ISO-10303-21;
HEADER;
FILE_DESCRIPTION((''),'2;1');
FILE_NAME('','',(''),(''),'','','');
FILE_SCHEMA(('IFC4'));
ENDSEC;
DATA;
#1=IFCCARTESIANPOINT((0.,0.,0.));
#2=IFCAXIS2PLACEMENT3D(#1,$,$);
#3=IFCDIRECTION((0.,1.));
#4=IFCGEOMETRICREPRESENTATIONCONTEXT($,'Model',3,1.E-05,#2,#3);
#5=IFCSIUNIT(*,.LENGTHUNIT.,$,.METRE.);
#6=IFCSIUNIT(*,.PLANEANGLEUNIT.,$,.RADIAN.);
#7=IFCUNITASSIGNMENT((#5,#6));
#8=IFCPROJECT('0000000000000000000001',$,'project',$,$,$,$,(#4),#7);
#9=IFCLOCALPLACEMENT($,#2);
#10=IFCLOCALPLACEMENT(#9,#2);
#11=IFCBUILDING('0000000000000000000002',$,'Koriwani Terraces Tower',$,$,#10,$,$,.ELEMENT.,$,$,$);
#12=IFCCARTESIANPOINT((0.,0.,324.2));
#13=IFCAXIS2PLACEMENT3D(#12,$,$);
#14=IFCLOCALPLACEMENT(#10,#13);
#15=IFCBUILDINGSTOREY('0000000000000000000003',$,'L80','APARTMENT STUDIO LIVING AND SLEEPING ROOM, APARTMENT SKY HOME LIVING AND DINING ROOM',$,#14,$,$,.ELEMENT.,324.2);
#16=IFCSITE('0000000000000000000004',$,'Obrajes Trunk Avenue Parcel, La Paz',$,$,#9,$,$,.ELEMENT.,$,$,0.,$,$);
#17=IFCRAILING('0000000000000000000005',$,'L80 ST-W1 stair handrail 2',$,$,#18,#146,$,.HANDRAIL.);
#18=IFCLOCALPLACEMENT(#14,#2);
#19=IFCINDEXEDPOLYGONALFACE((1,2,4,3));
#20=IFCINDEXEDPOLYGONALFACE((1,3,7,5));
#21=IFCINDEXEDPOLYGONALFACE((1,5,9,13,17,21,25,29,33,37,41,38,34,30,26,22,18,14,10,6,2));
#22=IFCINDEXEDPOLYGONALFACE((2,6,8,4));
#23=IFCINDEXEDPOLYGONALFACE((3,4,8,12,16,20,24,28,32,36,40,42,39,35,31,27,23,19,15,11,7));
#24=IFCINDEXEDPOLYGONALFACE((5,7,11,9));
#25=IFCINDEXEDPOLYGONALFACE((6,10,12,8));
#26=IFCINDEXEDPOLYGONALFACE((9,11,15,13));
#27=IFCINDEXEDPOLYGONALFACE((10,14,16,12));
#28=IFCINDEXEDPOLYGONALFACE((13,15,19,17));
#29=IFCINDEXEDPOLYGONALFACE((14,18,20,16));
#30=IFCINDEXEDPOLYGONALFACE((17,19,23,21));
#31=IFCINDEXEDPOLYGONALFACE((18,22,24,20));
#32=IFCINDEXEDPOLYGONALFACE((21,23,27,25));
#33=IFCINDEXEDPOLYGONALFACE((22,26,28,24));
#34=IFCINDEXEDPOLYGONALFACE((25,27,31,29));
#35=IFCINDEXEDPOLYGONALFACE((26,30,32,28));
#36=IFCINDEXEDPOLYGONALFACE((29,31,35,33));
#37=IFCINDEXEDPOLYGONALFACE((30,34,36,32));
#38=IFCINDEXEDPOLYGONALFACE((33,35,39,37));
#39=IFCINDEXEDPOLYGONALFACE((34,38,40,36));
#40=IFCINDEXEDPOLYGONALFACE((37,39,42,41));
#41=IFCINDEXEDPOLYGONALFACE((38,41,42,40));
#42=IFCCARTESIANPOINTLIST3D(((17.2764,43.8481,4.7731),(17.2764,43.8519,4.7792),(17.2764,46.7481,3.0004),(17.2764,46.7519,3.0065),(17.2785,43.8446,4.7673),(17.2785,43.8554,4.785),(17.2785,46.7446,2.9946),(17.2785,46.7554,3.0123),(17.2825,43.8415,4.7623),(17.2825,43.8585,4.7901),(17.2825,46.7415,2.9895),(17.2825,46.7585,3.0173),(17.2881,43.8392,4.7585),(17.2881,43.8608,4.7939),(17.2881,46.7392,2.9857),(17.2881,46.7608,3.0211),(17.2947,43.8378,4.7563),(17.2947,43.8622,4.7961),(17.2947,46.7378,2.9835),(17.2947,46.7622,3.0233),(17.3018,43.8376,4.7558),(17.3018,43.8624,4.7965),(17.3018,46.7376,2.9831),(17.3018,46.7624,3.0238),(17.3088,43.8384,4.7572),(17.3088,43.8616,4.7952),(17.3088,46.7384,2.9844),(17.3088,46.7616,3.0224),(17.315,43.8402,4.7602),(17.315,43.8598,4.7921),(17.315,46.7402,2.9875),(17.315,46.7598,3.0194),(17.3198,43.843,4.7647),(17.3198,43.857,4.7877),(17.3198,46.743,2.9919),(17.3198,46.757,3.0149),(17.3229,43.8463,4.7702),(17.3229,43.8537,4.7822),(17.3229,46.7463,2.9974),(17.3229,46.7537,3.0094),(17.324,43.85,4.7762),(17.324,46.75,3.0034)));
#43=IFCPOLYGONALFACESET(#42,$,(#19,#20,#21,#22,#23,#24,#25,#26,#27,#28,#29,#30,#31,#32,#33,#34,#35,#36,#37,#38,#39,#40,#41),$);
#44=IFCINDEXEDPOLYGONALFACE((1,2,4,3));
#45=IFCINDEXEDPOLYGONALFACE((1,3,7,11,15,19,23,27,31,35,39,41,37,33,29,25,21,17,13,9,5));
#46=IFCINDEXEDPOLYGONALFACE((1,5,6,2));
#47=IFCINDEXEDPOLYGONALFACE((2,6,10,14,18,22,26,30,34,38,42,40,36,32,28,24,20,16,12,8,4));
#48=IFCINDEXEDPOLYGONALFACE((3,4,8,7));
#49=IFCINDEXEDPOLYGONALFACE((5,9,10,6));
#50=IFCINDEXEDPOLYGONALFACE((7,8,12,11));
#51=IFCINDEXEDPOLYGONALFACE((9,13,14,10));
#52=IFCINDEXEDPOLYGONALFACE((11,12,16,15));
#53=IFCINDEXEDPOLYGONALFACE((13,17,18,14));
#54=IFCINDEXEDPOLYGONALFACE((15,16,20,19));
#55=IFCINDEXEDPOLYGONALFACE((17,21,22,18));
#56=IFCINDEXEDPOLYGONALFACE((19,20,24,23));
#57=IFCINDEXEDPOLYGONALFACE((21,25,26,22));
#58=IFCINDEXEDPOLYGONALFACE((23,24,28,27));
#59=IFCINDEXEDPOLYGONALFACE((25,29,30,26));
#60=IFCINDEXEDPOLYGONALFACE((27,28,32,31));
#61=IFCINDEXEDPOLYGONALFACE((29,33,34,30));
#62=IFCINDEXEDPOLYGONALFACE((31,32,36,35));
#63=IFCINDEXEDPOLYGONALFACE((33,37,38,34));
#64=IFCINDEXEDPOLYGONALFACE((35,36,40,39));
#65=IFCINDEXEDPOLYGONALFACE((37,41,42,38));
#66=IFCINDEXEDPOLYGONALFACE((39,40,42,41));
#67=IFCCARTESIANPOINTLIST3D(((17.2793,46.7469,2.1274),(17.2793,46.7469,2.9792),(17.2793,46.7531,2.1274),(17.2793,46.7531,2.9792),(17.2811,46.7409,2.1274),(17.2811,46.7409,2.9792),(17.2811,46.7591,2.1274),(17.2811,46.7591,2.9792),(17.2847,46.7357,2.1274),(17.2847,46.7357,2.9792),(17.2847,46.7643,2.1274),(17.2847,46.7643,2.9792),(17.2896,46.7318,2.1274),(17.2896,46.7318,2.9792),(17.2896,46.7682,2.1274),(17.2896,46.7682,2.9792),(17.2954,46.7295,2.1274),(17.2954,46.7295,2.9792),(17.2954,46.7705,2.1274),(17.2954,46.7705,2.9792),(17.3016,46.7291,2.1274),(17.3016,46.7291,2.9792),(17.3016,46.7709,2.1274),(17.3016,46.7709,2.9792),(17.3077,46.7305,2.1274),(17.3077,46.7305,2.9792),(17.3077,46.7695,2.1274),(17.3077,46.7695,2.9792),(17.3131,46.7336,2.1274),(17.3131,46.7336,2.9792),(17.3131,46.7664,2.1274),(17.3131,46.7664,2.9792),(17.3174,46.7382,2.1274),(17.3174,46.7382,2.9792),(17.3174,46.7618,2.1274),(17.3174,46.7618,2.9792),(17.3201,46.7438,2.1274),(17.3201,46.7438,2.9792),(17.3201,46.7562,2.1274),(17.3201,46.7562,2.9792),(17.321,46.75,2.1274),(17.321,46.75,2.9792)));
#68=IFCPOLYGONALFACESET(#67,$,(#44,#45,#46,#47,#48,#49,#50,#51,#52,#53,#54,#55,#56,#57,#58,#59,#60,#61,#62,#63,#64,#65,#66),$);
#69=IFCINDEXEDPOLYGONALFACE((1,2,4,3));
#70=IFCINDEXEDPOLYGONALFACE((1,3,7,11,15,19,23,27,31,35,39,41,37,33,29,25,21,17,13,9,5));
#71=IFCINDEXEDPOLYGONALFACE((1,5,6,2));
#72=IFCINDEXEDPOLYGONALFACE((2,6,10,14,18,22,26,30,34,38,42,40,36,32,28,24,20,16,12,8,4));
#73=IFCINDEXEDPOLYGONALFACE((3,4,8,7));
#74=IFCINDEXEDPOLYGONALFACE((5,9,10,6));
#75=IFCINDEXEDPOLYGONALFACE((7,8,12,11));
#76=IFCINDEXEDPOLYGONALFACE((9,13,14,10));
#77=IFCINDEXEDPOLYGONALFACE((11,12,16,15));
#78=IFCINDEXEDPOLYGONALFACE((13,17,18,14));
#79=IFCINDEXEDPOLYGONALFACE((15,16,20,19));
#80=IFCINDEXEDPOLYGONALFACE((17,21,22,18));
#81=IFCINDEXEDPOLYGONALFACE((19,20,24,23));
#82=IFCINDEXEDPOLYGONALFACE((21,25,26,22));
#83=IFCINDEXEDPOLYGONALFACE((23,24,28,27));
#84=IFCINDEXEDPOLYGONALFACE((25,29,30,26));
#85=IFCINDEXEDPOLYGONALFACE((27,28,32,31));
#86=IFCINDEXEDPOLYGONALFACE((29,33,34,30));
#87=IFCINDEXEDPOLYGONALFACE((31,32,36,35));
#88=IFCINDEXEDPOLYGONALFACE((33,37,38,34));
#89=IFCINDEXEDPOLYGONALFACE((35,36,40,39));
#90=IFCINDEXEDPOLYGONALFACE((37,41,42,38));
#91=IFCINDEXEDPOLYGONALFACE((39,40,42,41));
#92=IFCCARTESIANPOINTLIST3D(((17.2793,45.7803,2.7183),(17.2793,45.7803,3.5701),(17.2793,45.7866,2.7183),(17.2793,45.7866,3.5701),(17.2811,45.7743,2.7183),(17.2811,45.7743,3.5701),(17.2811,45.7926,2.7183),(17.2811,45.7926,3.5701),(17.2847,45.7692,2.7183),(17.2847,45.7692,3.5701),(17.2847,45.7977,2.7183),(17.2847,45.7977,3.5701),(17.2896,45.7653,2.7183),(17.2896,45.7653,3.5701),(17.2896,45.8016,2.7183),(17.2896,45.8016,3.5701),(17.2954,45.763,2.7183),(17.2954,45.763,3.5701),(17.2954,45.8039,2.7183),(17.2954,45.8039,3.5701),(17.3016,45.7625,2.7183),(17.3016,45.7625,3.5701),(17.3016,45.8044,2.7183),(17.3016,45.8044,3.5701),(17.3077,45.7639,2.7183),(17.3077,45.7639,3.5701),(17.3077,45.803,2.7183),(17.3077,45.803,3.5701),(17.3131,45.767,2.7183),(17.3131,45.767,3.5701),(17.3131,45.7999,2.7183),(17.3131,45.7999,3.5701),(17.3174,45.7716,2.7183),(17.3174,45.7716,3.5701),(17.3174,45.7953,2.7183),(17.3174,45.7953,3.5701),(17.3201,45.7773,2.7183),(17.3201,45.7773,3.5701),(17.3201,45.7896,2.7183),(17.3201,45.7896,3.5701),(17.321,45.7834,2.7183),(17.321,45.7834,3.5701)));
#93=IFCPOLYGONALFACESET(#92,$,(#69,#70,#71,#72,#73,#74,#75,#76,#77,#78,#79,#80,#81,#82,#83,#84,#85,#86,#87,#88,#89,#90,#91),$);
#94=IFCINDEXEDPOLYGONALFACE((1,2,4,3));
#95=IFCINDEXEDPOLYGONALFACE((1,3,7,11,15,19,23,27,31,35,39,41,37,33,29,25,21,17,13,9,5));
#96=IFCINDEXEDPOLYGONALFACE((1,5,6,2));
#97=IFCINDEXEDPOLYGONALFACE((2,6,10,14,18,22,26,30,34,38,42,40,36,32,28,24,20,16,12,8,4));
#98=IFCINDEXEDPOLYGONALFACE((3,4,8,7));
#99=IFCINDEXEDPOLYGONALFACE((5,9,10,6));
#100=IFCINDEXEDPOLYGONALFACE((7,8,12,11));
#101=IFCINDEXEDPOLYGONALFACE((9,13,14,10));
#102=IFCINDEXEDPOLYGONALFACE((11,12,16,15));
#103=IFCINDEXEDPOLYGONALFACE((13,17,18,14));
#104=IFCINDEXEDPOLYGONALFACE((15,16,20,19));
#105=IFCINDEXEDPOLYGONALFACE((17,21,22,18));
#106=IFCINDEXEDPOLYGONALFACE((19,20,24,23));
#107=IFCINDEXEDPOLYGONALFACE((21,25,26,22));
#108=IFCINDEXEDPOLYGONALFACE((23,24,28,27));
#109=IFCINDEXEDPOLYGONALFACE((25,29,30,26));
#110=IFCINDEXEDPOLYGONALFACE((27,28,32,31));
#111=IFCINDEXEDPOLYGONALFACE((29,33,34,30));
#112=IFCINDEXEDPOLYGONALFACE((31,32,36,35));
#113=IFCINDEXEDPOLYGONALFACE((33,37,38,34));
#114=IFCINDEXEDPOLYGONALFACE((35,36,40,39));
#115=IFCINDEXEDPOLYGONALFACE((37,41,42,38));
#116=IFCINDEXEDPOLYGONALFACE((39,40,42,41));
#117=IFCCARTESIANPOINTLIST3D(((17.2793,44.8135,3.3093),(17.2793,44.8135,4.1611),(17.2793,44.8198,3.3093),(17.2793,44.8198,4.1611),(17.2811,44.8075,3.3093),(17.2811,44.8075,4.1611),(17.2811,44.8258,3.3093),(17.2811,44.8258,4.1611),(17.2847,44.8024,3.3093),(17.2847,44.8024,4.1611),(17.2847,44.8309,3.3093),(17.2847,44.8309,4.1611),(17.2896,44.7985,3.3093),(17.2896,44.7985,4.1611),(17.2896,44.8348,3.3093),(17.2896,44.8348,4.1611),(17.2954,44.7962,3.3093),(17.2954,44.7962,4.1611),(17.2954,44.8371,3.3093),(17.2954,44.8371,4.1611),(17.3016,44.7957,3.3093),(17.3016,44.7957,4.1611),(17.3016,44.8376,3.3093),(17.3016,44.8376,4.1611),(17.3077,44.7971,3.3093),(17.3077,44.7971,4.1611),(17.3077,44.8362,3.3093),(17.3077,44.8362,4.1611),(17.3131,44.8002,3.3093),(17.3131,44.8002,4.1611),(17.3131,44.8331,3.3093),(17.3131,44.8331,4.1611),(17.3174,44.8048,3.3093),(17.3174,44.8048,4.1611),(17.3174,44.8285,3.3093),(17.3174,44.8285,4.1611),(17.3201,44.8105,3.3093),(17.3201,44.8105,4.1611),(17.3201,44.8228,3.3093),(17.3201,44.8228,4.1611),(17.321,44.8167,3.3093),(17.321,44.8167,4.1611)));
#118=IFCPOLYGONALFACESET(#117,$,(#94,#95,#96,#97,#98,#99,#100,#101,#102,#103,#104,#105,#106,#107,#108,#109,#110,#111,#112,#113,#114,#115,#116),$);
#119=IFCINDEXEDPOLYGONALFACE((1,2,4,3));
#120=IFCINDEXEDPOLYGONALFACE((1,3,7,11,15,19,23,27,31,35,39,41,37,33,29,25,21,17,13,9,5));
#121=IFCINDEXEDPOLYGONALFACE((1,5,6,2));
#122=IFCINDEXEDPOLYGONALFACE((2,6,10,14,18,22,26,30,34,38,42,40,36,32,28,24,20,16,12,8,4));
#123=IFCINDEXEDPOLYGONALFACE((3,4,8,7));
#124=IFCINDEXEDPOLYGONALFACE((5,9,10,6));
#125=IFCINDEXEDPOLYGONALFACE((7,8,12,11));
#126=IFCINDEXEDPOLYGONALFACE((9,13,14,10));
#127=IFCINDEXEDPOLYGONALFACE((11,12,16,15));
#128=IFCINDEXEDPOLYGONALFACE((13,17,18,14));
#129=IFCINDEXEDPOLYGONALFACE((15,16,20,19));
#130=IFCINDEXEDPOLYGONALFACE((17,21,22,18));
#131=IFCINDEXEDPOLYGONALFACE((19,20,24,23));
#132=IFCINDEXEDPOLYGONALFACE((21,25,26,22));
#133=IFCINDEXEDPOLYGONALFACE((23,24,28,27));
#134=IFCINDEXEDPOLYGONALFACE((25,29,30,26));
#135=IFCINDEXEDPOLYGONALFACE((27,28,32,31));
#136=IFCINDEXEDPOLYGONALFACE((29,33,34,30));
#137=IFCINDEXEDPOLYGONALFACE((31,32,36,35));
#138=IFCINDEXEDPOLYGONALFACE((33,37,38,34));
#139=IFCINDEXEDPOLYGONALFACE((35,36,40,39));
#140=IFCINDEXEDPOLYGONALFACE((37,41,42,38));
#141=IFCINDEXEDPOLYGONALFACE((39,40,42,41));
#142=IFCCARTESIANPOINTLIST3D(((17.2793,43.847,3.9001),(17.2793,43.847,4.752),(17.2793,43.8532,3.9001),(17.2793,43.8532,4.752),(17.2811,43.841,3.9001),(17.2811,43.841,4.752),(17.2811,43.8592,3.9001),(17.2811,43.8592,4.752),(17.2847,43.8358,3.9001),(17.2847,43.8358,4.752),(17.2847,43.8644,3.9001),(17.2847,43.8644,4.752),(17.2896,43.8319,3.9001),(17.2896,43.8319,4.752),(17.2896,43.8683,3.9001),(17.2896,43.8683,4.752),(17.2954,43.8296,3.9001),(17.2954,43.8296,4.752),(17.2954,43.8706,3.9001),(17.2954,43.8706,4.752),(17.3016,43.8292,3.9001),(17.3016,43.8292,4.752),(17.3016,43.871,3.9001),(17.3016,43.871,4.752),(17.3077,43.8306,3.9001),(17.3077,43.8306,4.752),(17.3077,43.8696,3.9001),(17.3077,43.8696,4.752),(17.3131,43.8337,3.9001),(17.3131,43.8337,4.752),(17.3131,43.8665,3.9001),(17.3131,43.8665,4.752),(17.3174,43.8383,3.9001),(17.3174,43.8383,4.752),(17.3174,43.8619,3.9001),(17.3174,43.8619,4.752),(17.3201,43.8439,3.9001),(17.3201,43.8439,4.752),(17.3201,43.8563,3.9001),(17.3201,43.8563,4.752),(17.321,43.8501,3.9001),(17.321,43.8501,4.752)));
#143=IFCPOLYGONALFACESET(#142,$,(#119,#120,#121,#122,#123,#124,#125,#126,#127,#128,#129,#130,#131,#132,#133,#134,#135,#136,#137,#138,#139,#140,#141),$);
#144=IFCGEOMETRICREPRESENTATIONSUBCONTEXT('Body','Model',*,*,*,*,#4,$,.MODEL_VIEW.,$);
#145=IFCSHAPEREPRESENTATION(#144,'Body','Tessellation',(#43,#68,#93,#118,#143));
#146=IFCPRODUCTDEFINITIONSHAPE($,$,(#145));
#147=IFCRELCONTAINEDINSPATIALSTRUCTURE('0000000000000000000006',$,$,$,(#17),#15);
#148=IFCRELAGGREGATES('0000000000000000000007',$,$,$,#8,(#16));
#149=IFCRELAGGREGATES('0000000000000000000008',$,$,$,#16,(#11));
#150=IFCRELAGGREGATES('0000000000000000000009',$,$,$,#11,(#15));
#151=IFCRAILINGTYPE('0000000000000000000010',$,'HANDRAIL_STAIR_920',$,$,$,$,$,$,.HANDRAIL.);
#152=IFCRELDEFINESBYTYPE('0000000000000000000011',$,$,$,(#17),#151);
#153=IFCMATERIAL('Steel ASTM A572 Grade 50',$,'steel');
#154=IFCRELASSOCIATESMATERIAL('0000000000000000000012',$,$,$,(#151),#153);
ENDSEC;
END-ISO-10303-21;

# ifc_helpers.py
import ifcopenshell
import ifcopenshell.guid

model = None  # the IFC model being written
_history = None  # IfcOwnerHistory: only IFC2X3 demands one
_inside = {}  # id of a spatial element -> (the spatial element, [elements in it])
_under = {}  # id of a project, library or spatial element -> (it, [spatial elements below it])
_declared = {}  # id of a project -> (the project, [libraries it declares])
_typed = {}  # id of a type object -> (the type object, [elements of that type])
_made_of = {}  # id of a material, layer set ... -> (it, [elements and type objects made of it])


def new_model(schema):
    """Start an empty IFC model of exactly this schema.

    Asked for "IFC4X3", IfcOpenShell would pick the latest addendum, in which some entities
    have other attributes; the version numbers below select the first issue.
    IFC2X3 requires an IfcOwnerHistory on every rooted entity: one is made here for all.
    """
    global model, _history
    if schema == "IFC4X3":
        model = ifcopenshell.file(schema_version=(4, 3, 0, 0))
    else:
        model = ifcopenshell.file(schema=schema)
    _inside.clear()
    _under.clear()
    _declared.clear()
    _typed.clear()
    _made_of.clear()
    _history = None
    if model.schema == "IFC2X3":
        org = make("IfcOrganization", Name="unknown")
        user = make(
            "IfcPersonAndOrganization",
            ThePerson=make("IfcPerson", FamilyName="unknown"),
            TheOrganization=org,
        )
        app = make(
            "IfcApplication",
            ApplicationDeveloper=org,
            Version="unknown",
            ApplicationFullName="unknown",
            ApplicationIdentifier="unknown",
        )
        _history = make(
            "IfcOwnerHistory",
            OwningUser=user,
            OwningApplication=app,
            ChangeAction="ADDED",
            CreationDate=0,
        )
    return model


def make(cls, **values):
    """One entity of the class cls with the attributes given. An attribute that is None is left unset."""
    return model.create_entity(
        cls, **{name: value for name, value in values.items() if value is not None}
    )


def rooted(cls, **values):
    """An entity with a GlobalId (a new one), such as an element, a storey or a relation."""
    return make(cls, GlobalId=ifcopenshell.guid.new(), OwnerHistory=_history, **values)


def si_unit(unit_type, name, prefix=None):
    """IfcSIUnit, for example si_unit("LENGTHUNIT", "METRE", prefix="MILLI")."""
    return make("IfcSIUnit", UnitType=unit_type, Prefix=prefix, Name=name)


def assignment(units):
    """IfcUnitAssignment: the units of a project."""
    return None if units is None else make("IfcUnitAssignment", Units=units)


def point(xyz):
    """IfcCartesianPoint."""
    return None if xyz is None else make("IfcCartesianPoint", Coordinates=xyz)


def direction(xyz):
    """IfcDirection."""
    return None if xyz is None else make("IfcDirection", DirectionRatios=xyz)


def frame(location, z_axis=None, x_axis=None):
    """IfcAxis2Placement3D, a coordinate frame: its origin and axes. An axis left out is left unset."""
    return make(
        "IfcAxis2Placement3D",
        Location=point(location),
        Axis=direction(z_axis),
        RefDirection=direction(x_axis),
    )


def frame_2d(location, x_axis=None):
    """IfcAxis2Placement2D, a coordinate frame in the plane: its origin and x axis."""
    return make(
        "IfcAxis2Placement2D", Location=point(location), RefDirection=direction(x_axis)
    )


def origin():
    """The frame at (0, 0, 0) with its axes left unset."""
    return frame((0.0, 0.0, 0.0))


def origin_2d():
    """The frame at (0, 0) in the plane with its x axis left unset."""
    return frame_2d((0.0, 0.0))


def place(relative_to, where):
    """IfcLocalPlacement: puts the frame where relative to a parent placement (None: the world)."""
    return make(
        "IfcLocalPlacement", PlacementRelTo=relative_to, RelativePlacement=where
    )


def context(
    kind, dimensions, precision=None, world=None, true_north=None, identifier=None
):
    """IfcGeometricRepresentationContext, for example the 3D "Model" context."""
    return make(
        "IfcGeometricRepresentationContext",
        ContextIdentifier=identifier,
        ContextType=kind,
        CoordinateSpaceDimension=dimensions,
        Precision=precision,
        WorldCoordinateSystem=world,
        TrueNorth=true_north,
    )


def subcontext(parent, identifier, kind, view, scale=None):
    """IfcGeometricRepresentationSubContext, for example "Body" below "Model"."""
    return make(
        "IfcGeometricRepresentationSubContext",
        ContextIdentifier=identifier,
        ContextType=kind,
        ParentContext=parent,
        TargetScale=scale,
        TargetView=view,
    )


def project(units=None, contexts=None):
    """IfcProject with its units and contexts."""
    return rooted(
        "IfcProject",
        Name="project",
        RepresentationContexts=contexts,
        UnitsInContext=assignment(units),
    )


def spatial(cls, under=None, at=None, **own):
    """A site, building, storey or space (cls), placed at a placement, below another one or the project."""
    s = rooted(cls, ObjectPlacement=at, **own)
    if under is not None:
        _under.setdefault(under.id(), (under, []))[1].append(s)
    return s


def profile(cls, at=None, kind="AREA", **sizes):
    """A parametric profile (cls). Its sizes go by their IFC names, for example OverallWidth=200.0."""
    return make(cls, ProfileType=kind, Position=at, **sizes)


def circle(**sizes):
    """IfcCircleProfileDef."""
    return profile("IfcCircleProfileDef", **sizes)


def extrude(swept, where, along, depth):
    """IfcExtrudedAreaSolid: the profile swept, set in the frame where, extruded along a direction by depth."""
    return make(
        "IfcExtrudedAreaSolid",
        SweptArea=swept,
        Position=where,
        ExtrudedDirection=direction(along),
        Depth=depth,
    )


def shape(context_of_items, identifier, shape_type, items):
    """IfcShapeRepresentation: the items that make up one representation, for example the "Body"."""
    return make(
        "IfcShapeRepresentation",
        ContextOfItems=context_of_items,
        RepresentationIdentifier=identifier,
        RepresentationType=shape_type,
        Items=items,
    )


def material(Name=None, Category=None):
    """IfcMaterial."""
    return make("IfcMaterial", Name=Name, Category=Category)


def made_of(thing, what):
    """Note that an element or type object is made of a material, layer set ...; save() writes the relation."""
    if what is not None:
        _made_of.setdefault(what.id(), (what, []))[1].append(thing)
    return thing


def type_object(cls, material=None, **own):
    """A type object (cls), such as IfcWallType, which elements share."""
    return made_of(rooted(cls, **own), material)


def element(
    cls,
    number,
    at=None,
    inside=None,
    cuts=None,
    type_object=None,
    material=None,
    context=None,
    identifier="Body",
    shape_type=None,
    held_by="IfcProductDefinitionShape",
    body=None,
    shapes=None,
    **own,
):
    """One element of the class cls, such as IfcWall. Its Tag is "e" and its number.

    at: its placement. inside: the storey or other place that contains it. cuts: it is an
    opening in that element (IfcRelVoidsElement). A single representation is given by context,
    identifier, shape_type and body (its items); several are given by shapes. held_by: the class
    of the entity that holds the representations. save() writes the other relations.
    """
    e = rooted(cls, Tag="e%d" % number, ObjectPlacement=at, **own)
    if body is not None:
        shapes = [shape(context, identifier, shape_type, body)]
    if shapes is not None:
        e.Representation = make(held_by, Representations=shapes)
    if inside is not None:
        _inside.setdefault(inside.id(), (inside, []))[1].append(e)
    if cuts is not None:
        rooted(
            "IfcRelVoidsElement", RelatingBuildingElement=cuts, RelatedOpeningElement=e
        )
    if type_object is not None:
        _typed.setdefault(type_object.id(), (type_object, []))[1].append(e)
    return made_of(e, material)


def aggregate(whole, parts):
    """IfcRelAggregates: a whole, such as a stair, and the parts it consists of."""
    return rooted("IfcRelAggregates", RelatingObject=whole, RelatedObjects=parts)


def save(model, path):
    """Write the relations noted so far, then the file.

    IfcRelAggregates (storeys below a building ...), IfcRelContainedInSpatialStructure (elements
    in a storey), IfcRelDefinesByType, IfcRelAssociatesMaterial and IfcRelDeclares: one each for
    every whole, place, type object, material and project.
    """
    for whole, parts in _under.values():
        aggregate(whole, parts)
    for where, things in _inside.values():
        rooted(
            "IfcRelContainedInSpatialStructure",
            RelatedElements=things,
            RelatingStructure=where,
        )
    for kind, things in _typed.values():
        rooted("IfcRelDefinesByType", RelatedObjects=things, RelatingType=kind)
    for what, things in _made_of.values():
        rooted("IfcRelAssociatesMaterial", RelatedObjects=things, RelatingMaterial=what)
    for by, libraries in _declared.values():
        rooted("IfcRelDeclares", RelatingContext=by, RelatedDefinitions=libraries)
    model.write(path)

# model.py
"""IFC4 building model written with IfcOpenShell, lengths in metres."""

from ifc_helpers import new_model, si_unit, direction, frame, origin, origin_2d, place, context, subcontext, project, spatial, circle, extrude, material, type_object, element, save


model = new_model("IFC4")

# Units and contexts
model_context = context("Model", 3, precision=1e-05, world=origin(), true_north=direction((0.0, 1.0)))
body_context = subcontext(model_context, "Body", "Model", "MODEL_VIEW")
ifc_project = project(units=[si_unit("LENGTHUNIT", "METRE"), si_unit("PLANEANGLEUNIT", "RADIAN")], contexts=[model_context])

# Site, building, storey
site_placement = place(None, origin())
site = spatial("IfcSite", under=ifc_project, at=site_placement, Name="Obrajes Trunk Avenue Parcel, La Paz", CompositionType="ELEMENT", RefElevation=0.0)
building_placement = place(site_placement, origin())
building = spatial("IfcBuilding", under=site, at=building_placement, Name="Koriwani Terraces Tower", CompositionType="ELEMENT")
storey_placement = place(building_placement, frame((0.0, 0.0, 324.2)))
storey = spatial("IfcBuildingStorey", under=building, at=storey_placement, Name="L80", Description="APARTMENT STUDIO LIVING AND SLEEPING ROOM, APARTMENT SKY HOME LIVING AND DINING ROOM", CompositionType="ELEMENT", Elevation=324.2)

# Shared definitions
ifc_material_1 = material(Name="Steel ASTM A572 Grade 50", Category="steel")

# Railing
railing_type_1 = type_object("IfcRailingType", Name="HANDRAIL_STAIR_920", PredefinedType="HANDRAIL", material=ifc_material_1)
railing_1_placement = place(storey_placement, frame((17.3, 46.75, 2.1274)))
element("IfcRailing", 1, at=railing_1_placement, inside=storey, type_object=railing_type_1, Name="L80 ST-W1 stair handrail 2", PredefinedType="HANDRAIL", context=body_context, shape_type="SweptSolid", body=[
    extrude(circle(Radius=0.0239, at=origin_2d()), frame((0.0, 0.0, 0.876), z_axis=(0.0, -0.853211, 0.521566), x_axis=(1.0, 0.0, 0.0)), (0.0, 0.0, 1.0), 3.3989),
    extrude(circle(Radius=0.021, at=origin_2d()), origin(), (0.0, 0.0, 1.0), 0.8518),
    extrude(circle(Radius=0.021, at=origin_2d()), frame((0.0, -0.9666, 0.5908)), (0.0, 0.0, 1.0), 0.8518),
    extrude(circle(Radius=0.021, at=origin_2d()), frame((0.0, -1.9333, 1.1819)), (0.0, 0.0, 1.0), 0.8518),
    extrude(circle(Radius=0.021, at=origin_2d()), frame((0.0, -2.8999, 1.7727)), (0.0, 0.0, 1.0), 0.8518),
])

save(model, "model.ifc")
